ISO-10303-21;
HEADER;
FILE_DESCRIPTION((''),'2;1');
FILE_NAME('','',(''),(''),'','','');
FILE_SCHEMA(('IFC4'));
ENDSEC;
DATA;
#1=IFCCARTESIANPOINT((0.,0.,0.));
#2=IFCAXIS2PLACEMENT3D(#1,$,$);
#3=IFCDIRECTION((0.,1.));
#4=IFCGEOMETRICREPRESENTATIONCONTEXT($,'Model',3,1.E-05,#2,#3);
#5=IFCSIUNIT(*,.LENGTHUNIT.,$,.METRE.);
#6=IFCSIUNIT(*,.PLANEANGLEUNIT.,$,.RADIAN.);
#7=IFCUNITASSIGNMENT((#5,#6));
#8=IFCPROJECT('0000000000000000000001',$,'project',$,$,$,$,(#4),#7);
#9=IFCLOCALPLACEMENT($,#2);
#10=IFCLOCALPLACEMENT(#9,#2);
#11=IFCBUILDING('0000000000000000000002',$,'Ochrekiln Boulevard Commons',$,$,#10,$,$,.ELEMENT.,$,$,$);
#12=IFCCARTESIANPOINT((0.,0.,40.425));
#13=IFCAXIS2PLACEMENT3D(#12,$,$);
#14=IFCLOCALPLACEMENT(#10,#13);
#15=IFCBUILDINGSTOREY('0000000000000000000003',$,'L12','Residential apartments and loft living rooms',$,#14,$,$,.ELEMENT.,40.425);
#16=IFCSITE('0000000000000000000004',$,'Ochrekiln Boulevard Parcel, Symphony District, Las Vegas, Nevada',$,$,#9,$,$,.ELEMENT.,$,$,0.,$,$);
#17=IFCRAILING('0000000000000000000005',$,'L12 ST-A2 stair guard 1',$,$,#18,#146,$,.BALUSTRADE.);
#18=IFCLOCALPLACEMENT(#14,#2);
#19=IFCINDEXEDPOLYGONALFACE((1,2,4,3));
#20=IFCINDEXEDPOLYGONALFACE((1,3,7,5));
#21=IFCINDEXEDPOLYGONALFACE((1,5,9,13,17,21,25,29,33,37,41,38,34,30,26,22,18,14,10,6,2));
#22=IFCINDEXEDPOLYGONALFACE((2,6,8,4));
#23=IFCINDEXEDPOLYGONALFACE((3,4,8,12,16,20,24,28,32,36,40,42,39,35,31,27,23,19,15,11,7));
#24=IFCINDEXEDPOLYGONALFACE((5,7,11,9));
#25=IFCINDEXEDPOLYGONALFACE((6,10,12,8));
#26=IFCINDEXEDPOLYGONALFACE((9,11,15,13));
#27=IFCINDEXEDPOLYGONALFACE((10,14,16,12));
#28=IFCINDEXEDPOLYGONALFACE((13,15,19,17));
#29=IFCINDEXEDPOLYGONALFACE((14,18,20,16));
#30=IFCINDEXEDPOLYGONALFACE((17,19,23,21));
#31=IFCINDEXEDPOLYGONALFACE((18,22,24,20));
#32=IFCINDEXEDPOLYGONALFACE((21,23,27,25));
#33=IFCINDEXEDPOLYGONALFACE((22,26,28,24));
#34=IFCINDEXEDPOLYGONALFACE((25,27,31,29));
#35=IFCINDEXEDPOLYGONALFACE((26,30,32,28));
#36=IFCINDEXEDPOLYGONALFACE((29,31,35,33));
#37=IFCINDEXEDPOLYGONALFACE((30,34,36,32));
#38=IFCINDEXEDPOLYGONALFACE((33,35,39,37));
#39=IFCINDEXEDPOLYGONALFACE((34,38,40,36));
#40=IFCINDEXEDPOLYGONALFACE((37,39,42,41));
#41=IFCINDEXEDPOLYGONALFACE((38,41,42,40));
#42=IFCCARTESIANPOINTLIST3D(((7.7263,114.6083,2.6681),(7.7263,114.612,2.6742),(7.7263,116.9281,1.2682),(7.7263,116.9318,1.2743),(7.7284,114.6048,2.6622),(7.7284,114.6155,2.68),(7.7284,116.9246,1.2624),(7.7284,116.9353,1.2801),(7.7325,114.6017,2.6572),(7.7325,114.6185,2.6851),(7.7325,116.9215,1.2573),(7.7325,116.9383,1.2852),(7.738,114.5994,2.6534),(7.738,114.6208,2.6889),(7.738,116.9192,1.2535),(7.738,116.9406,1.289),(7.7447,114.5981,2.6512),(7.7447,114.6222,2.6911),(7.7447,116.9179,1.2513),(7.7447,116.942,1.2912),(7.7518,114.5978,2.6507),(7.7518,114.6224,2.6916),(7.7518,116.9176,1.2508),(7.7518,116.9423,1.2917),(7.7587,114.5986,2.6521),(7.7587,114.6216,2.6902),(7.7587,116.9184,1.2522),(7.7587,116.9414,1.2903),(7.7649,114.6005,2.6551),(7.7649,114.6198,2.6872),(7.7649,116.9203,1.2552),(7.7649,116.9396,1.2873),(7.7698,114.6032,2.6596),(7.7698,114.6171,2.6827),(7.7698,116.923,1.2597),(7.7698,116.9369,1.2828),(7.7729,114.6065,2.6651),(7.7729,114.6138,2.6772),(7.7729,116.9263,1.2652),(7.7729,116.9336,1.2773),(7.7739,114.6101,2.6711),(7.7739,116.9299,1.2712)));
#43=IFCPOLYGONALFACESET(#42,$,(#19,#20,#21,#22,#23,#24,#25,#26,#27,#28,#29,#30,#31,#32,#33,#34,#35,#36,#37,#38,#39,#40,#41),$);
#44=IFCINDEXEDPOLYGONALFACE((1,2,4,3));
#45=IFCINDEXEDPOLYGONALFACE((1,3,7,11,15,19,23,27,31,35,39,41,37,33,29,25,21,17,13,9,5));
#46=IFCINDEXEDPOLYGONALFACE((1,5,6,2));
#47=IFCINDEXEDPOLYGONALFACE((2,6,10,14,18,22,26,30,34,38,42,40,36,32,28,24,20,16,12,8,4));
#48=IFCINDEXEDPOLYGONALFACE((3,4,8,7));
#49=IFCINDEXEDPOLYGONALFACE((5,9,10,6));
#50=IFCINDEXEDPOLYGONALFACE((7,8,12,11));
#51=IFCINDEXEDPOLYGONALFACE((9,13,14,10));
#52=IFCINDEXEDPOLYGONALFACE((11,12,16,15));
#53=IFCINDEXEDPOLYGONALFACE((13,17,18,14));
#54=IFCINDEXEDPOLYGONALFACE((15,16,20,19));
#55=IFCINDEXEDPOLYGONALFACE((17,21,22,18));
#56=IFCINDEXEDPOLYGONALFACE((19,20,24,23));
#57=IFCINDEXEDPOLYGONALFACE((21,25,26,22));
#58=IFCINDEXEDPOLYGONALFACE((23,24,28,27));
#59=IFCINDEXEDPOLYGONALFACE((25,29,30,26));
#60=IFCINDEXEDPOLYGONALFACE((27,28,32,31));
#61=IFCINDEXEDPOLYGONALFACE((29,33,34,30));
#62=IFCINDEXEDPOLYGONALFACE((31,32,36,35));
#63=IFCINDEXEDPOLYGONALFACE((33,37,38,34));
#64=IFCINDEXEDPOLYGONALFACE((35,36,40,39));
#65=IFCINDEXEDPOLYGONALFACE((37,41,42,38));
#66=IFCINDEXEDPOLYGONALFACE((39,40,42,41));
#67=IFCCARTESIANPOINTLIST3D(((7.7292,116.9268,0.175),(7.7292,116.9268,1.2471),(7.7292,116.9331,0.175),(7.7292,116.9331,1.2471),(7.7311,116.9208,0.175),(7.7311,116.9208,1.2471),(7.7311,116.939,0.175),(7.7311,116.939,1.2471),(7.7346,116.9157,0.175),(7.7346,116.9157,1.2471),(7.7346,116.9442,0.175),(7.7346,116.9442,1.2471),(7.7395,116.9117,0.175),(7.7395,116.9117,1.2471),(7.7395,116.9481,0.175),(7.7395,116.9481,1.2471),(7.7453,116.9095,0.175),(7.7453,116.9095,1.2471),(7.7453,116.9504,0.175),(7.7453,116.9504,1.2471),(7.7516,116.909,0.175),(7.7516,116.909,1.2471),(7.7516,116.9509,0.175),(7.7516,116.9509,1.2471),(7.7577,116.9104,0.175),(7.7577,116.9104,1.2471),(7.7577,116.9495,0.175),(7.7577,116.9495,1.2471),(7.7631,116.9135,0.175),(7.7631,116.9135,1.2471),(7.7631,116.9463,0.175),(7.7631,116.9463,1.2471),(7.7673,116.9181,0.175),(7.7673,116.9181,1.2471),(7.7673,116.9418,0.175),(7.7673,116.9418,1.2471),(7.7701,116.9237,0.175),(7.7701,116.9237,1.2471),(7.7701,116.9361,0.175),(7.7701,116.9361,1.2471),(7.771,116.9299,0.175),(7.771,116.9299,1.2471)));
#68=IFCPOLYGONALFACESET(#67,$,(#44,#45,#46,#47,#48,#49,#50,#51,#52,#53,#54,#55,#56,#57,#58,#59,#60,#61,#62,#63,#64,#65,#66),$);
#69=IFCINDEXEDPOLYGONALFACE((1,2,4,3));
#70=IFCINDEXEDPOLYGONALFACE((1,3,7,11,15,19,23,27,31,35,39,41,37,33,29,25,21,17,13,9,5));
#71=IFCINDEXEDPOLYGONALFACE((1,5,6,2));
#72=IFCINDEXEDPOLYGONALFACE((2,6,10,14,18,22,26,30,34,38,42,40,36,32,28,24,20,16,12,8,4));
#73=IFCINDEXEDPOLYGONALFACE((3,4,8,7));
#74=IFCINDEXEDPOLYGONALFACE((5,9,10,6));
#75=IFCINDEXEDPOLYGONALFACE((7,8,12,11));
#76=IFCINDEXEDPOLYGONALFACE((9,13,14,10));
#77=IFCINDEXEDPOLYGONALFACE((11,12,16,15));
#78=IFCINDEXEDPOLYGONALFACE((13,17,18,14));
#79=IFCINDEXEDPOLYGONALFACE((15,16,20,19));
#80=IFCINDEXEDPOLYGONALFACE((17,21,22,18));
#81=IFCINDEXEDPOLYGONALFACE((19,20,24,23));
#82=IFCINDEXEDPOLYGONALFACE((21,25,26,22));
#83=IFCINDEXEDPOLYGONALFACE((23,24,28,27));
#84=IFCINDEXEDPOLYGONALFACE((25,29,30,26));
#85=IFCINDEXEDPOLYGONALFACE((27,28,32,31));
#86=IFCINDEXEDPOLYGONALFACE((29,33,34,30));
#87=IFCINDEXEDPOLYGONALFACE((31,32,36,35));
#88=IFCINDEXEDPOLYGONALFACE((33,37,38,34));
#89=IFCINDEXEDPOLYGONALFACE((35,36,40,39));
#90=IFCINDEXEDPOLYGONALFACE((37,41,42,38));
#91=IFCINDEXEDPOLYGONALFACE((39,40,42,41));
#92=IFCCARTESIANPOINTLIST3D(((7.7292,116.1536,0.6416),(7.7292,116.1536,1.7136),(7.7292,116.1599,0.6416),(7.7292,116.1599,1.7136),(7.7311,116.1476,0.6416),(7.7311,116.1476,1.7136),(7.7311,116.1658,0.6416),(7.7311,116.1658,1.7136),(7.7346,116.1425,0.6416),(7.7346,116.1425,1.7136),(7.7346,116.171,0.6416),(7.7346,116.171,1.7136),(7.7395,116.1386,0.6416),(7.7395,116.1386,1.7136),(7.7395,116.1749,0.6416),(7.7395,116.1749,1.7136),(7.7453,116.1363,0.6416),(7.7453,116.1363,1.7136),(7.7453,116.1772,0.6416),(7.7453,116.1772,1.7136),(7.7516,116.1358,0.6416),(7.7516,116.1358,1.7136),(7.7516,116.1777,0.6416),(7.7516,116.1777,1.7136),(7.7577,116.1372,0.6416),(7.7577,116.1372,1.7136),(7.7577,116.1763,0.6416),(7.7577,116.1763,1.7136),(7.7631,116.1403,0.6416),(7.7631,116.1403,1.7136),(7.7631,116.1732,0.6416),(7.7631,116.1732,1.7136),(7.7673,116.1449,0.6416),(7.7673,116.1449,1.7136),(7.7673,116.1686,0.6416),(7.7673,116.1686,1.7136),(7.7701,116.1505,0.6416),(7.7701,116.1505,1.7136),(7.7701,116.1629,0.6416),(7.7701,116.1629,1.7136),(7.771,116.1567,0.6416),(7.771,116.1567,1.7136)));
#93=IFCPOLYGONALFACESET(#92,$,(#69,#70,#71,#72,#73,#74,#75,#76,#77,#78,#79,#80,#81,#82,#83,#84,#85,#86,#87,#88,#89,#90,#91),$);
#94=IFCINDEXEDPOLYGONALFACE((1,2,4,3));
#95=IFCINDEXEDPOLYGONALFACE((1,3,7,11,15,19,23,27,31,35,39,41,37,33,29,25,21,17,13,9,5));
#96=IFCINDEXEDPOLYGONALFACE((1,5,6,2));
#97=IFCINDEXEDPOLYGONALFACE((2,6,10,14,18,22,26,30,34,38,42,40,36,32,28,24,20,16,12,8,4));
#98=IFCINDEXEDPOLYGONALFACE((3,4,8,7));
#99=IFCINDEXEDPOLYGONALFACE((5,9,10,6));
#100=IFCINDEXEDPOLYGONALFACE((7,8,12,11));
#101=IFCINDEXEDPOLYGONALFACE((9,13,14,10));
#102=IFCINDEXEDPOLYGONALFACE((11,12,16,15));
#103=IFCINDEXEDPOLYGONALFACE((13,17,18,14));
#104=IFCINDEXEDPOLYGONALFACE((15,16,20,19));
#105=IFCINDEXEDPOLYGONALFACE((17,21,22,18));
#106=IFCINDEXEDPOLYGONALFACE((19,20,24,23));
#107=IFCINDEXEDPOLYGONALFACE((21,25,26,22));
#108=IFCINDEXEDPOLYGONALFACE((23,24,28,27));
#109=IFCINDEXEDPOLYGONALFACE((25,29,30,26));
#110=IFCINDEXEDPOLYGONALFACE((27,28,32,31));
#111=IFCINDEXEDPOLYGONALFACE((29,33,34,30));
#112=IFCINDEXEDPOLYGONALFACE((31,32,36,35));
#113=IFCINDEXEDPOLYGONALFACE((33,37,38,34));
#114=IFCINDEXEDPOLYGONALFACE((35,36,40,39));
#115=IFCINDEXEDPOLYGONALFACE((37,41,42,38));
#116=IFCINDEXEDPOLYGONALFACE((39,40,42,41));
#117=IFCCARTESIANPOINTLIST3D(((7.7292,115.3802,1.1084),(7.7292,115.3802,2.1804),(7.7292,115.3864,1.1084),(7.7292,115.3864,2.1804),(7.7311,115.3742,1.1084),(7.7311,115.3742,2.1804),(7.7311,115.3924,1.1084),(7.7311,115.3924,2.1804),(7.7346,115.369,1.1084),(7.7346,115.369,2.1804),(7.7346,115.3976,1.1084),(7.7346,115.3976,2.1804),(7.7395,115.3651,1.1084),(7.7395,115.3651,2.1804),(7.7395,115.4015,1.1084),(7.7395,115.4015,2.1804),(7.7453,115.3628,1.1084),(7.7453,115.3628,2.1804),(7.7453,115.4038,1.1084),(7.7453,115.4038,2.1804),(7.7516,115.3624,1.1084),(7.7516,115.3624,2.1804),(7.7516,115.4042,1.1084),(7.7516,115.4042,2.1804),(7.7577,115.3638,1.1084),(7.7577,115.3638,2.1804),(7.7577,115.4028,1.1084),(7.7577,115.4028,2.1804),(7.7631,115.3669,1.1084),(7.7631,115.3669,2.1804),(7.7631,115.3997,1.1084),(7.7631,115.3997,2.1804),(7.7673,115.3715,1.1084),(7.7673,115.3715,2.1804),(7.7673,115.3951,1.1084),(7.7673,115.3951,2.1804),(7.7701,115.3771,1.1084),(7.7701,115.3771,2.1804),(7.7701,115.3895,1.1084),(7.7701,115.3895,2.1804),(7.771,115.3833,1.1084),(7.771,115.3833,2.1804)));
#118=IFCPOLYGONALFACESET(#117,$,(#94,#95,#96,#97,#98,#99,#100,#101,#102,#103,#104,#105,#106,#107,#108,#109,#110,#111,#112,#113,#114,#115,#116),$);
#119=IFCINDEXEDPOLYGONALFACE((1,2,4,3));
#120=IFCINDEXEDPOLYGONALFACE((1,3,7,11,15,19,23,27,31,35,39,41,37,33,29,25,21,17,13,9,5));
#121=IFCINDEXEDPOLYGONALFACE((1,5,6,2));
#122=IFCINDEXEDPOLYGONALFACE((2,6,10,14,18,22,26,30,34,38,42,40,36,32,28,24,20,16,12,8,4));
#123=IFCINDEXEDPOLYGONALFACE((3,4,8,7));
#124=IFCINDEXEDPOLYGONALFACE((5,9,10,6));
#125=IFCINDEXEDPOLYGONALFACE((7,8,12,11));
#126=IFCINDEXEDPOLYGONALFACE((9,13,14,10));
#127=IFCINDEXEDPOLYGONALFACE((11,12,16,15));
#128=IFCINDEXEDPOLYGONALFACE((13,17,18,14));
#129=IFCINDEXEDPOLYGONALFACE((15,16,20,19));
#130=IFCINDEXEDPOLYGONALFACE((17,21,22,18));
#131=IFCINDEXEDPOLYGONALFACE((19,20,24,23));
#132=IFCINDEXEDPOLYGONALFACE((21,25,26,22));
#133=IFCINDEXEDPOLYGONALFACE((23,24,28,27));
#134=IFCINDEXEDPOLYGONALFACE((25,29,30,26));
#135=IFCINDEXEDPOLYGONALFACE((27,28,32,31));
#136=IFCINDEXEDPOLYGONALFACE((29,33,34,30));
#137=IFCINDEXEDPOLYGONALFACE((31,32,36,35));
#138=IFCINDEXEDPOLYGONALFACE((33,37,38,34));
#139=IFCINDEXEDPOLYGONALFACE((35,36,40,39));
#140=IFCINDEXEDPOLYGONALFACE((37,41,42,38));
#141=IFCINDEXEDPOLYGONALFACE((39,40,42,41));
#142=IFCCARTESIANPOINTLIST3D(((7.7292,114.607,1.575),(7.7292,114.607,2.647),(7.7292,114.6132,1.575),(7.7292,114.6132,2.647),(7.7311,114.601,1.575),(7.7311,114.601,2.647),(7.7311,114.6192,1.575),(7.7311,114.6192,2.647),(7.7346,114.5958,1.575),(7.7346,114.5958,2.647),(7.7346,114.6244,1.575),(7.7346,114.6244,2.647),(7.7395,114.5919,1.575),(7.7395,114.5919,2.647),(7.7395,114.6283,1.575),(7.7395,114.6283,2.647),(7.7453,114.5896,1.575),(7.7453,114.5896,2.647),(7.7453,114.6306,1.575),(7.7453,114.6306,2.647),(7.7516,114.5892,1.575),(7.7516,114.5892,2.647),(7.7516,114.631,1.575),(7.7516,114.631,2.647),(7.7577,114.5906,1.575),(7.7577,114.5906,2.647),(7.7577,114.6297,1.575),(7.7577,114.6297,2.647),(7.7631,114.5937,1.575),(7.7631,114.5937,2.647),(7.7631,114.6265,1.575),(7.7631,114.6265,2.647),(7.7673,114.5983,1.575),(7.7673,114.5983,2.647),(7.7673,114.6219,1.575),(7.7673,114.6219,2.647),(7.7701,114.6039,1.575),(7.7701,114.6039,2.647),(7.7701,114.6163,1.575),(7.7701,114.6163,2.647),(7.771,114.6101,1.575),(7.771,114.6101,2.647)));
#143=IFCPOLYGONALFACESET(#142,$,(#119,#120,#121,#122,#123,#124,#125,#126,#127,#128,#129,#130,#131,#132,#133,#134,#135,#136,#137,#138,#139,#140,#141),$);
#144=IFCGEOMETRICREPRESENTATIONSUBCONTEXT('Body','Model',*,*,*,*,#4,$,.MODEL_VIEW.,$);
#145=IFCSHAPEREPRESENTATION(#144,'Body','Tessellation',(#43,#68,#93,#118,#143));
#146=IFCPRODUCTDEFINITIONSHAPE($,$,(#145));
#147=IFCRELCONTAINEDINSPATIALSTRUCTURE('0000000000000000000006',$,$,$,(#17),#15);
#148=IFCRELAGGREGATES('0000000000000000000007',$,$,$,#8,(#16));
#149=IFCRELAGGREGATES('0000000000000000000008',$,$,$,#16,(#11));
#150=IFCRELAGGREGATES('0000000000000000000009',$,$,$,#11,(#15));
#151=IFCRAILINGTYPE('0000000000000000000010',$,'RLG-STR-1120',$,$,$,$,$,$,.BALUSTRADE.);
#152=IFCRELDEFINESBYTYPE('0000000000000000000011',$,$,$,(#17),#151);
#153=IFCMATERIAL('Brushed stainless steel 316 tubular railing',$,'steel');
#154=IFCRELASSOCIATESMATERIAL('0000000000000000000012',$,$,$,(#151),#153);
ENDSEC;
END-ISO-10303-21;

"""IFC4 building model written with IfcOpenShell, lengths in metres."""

from ifc_helpers import new_model, si_unit, direction, frame, origin, origin_2d, place, context, subcontext, project, spatial, circle, extrude, material, type_object, element, save


model = new_model("IFC4")

# Units and contexts
model_context = context("Model", 3, precision=1e-05, world=origin(), true_north=direction((0.0, 1.0)))
body_context = subcontext(model_context, "Body", "Model", "MODEL_VIEW")
ifc_project = project(units=[si_unit("LENGTHUNIT", "METRE"), si_unit("PLANEANGLEUNIT", "RADIAN")], contexts=[model_context])

# Site, building, storey
site_placement = place(None, origin())
site = spatial("IfcSite", under=ifc_project, at=site_placement, Name="Ochrekiln Boulevard Parcel, Symphony District, Las Vegas, Nevada", CompositionType="ELEMENT", RefElevation=0.0)
building_placement = place(site_placement, origin())
building = spatial("IfcBuilding", under=site, at=building_placement, Name="Ochrekiln Boulevard Commons", CompositionType="ELEMENT")
storey_placement = place(building_placement, frame((0.0, 0.0, 40.425)))
storey = spatial("IfcBuildingStorey", under=building, at=storey_placement, Name="L12", Description="Residential apartments and loft living rooms", CompositionType="ELEMENT", Elevation=40.425)

# Railing
ifc_material_1 = material(Name="Brushed stainless steel 316 tubular railing", Category="steel")
railing_type_1 = type_object("IfcRailingType", Name="RLG-STR-1120", PredefinedType="BALUSTRADE", material=ifc_material_1)
railing_1_placement = place(storey_placement, frame((7.75, 116.9299, 0.175)))
element("IfcRailing", 1, at=railing_1_placement, inside=storey, type_object=railing_type_1, Name="L12 ST-A2 stair guard 1", PredefinedType="BALUSTRADE", context=body_context, shape_type="SweptSolid", body=[
    extrude(circle(Radius=0.0239, at=origin_2d()), frame((0.0, 0.0, 1.0962), z_axis=(0.0, -0.856186, 0.516667), x_axis=(1.0, 0.0, 0.0)), (0.0, 0.0, 1.0), 2.7095),
    extrude(circle(Radius=0.021, at=origin_2d()), origin(), (0.0, 0.0, 1.0), 1.072),
    extrude(circle(Radius=0.021, at=origin_2d()), frame((0.0, -0.7732, 0.4666)), (0.0, 0.0, 1.0), 1.072),
    extrude(circle(Radius=0.021, at=origin_2d()), frame((0.0, -1.5466, 0.9333)), (0.0, 0.0, 1.0), 1.072),
    extrude(circle(Radius=0.021, at=origin_2d()), frame((0.0, -2.3198, 1.3999)), (0.0, 0.0, 1.0), 1.072),
])

save(model, "model.ifc")
